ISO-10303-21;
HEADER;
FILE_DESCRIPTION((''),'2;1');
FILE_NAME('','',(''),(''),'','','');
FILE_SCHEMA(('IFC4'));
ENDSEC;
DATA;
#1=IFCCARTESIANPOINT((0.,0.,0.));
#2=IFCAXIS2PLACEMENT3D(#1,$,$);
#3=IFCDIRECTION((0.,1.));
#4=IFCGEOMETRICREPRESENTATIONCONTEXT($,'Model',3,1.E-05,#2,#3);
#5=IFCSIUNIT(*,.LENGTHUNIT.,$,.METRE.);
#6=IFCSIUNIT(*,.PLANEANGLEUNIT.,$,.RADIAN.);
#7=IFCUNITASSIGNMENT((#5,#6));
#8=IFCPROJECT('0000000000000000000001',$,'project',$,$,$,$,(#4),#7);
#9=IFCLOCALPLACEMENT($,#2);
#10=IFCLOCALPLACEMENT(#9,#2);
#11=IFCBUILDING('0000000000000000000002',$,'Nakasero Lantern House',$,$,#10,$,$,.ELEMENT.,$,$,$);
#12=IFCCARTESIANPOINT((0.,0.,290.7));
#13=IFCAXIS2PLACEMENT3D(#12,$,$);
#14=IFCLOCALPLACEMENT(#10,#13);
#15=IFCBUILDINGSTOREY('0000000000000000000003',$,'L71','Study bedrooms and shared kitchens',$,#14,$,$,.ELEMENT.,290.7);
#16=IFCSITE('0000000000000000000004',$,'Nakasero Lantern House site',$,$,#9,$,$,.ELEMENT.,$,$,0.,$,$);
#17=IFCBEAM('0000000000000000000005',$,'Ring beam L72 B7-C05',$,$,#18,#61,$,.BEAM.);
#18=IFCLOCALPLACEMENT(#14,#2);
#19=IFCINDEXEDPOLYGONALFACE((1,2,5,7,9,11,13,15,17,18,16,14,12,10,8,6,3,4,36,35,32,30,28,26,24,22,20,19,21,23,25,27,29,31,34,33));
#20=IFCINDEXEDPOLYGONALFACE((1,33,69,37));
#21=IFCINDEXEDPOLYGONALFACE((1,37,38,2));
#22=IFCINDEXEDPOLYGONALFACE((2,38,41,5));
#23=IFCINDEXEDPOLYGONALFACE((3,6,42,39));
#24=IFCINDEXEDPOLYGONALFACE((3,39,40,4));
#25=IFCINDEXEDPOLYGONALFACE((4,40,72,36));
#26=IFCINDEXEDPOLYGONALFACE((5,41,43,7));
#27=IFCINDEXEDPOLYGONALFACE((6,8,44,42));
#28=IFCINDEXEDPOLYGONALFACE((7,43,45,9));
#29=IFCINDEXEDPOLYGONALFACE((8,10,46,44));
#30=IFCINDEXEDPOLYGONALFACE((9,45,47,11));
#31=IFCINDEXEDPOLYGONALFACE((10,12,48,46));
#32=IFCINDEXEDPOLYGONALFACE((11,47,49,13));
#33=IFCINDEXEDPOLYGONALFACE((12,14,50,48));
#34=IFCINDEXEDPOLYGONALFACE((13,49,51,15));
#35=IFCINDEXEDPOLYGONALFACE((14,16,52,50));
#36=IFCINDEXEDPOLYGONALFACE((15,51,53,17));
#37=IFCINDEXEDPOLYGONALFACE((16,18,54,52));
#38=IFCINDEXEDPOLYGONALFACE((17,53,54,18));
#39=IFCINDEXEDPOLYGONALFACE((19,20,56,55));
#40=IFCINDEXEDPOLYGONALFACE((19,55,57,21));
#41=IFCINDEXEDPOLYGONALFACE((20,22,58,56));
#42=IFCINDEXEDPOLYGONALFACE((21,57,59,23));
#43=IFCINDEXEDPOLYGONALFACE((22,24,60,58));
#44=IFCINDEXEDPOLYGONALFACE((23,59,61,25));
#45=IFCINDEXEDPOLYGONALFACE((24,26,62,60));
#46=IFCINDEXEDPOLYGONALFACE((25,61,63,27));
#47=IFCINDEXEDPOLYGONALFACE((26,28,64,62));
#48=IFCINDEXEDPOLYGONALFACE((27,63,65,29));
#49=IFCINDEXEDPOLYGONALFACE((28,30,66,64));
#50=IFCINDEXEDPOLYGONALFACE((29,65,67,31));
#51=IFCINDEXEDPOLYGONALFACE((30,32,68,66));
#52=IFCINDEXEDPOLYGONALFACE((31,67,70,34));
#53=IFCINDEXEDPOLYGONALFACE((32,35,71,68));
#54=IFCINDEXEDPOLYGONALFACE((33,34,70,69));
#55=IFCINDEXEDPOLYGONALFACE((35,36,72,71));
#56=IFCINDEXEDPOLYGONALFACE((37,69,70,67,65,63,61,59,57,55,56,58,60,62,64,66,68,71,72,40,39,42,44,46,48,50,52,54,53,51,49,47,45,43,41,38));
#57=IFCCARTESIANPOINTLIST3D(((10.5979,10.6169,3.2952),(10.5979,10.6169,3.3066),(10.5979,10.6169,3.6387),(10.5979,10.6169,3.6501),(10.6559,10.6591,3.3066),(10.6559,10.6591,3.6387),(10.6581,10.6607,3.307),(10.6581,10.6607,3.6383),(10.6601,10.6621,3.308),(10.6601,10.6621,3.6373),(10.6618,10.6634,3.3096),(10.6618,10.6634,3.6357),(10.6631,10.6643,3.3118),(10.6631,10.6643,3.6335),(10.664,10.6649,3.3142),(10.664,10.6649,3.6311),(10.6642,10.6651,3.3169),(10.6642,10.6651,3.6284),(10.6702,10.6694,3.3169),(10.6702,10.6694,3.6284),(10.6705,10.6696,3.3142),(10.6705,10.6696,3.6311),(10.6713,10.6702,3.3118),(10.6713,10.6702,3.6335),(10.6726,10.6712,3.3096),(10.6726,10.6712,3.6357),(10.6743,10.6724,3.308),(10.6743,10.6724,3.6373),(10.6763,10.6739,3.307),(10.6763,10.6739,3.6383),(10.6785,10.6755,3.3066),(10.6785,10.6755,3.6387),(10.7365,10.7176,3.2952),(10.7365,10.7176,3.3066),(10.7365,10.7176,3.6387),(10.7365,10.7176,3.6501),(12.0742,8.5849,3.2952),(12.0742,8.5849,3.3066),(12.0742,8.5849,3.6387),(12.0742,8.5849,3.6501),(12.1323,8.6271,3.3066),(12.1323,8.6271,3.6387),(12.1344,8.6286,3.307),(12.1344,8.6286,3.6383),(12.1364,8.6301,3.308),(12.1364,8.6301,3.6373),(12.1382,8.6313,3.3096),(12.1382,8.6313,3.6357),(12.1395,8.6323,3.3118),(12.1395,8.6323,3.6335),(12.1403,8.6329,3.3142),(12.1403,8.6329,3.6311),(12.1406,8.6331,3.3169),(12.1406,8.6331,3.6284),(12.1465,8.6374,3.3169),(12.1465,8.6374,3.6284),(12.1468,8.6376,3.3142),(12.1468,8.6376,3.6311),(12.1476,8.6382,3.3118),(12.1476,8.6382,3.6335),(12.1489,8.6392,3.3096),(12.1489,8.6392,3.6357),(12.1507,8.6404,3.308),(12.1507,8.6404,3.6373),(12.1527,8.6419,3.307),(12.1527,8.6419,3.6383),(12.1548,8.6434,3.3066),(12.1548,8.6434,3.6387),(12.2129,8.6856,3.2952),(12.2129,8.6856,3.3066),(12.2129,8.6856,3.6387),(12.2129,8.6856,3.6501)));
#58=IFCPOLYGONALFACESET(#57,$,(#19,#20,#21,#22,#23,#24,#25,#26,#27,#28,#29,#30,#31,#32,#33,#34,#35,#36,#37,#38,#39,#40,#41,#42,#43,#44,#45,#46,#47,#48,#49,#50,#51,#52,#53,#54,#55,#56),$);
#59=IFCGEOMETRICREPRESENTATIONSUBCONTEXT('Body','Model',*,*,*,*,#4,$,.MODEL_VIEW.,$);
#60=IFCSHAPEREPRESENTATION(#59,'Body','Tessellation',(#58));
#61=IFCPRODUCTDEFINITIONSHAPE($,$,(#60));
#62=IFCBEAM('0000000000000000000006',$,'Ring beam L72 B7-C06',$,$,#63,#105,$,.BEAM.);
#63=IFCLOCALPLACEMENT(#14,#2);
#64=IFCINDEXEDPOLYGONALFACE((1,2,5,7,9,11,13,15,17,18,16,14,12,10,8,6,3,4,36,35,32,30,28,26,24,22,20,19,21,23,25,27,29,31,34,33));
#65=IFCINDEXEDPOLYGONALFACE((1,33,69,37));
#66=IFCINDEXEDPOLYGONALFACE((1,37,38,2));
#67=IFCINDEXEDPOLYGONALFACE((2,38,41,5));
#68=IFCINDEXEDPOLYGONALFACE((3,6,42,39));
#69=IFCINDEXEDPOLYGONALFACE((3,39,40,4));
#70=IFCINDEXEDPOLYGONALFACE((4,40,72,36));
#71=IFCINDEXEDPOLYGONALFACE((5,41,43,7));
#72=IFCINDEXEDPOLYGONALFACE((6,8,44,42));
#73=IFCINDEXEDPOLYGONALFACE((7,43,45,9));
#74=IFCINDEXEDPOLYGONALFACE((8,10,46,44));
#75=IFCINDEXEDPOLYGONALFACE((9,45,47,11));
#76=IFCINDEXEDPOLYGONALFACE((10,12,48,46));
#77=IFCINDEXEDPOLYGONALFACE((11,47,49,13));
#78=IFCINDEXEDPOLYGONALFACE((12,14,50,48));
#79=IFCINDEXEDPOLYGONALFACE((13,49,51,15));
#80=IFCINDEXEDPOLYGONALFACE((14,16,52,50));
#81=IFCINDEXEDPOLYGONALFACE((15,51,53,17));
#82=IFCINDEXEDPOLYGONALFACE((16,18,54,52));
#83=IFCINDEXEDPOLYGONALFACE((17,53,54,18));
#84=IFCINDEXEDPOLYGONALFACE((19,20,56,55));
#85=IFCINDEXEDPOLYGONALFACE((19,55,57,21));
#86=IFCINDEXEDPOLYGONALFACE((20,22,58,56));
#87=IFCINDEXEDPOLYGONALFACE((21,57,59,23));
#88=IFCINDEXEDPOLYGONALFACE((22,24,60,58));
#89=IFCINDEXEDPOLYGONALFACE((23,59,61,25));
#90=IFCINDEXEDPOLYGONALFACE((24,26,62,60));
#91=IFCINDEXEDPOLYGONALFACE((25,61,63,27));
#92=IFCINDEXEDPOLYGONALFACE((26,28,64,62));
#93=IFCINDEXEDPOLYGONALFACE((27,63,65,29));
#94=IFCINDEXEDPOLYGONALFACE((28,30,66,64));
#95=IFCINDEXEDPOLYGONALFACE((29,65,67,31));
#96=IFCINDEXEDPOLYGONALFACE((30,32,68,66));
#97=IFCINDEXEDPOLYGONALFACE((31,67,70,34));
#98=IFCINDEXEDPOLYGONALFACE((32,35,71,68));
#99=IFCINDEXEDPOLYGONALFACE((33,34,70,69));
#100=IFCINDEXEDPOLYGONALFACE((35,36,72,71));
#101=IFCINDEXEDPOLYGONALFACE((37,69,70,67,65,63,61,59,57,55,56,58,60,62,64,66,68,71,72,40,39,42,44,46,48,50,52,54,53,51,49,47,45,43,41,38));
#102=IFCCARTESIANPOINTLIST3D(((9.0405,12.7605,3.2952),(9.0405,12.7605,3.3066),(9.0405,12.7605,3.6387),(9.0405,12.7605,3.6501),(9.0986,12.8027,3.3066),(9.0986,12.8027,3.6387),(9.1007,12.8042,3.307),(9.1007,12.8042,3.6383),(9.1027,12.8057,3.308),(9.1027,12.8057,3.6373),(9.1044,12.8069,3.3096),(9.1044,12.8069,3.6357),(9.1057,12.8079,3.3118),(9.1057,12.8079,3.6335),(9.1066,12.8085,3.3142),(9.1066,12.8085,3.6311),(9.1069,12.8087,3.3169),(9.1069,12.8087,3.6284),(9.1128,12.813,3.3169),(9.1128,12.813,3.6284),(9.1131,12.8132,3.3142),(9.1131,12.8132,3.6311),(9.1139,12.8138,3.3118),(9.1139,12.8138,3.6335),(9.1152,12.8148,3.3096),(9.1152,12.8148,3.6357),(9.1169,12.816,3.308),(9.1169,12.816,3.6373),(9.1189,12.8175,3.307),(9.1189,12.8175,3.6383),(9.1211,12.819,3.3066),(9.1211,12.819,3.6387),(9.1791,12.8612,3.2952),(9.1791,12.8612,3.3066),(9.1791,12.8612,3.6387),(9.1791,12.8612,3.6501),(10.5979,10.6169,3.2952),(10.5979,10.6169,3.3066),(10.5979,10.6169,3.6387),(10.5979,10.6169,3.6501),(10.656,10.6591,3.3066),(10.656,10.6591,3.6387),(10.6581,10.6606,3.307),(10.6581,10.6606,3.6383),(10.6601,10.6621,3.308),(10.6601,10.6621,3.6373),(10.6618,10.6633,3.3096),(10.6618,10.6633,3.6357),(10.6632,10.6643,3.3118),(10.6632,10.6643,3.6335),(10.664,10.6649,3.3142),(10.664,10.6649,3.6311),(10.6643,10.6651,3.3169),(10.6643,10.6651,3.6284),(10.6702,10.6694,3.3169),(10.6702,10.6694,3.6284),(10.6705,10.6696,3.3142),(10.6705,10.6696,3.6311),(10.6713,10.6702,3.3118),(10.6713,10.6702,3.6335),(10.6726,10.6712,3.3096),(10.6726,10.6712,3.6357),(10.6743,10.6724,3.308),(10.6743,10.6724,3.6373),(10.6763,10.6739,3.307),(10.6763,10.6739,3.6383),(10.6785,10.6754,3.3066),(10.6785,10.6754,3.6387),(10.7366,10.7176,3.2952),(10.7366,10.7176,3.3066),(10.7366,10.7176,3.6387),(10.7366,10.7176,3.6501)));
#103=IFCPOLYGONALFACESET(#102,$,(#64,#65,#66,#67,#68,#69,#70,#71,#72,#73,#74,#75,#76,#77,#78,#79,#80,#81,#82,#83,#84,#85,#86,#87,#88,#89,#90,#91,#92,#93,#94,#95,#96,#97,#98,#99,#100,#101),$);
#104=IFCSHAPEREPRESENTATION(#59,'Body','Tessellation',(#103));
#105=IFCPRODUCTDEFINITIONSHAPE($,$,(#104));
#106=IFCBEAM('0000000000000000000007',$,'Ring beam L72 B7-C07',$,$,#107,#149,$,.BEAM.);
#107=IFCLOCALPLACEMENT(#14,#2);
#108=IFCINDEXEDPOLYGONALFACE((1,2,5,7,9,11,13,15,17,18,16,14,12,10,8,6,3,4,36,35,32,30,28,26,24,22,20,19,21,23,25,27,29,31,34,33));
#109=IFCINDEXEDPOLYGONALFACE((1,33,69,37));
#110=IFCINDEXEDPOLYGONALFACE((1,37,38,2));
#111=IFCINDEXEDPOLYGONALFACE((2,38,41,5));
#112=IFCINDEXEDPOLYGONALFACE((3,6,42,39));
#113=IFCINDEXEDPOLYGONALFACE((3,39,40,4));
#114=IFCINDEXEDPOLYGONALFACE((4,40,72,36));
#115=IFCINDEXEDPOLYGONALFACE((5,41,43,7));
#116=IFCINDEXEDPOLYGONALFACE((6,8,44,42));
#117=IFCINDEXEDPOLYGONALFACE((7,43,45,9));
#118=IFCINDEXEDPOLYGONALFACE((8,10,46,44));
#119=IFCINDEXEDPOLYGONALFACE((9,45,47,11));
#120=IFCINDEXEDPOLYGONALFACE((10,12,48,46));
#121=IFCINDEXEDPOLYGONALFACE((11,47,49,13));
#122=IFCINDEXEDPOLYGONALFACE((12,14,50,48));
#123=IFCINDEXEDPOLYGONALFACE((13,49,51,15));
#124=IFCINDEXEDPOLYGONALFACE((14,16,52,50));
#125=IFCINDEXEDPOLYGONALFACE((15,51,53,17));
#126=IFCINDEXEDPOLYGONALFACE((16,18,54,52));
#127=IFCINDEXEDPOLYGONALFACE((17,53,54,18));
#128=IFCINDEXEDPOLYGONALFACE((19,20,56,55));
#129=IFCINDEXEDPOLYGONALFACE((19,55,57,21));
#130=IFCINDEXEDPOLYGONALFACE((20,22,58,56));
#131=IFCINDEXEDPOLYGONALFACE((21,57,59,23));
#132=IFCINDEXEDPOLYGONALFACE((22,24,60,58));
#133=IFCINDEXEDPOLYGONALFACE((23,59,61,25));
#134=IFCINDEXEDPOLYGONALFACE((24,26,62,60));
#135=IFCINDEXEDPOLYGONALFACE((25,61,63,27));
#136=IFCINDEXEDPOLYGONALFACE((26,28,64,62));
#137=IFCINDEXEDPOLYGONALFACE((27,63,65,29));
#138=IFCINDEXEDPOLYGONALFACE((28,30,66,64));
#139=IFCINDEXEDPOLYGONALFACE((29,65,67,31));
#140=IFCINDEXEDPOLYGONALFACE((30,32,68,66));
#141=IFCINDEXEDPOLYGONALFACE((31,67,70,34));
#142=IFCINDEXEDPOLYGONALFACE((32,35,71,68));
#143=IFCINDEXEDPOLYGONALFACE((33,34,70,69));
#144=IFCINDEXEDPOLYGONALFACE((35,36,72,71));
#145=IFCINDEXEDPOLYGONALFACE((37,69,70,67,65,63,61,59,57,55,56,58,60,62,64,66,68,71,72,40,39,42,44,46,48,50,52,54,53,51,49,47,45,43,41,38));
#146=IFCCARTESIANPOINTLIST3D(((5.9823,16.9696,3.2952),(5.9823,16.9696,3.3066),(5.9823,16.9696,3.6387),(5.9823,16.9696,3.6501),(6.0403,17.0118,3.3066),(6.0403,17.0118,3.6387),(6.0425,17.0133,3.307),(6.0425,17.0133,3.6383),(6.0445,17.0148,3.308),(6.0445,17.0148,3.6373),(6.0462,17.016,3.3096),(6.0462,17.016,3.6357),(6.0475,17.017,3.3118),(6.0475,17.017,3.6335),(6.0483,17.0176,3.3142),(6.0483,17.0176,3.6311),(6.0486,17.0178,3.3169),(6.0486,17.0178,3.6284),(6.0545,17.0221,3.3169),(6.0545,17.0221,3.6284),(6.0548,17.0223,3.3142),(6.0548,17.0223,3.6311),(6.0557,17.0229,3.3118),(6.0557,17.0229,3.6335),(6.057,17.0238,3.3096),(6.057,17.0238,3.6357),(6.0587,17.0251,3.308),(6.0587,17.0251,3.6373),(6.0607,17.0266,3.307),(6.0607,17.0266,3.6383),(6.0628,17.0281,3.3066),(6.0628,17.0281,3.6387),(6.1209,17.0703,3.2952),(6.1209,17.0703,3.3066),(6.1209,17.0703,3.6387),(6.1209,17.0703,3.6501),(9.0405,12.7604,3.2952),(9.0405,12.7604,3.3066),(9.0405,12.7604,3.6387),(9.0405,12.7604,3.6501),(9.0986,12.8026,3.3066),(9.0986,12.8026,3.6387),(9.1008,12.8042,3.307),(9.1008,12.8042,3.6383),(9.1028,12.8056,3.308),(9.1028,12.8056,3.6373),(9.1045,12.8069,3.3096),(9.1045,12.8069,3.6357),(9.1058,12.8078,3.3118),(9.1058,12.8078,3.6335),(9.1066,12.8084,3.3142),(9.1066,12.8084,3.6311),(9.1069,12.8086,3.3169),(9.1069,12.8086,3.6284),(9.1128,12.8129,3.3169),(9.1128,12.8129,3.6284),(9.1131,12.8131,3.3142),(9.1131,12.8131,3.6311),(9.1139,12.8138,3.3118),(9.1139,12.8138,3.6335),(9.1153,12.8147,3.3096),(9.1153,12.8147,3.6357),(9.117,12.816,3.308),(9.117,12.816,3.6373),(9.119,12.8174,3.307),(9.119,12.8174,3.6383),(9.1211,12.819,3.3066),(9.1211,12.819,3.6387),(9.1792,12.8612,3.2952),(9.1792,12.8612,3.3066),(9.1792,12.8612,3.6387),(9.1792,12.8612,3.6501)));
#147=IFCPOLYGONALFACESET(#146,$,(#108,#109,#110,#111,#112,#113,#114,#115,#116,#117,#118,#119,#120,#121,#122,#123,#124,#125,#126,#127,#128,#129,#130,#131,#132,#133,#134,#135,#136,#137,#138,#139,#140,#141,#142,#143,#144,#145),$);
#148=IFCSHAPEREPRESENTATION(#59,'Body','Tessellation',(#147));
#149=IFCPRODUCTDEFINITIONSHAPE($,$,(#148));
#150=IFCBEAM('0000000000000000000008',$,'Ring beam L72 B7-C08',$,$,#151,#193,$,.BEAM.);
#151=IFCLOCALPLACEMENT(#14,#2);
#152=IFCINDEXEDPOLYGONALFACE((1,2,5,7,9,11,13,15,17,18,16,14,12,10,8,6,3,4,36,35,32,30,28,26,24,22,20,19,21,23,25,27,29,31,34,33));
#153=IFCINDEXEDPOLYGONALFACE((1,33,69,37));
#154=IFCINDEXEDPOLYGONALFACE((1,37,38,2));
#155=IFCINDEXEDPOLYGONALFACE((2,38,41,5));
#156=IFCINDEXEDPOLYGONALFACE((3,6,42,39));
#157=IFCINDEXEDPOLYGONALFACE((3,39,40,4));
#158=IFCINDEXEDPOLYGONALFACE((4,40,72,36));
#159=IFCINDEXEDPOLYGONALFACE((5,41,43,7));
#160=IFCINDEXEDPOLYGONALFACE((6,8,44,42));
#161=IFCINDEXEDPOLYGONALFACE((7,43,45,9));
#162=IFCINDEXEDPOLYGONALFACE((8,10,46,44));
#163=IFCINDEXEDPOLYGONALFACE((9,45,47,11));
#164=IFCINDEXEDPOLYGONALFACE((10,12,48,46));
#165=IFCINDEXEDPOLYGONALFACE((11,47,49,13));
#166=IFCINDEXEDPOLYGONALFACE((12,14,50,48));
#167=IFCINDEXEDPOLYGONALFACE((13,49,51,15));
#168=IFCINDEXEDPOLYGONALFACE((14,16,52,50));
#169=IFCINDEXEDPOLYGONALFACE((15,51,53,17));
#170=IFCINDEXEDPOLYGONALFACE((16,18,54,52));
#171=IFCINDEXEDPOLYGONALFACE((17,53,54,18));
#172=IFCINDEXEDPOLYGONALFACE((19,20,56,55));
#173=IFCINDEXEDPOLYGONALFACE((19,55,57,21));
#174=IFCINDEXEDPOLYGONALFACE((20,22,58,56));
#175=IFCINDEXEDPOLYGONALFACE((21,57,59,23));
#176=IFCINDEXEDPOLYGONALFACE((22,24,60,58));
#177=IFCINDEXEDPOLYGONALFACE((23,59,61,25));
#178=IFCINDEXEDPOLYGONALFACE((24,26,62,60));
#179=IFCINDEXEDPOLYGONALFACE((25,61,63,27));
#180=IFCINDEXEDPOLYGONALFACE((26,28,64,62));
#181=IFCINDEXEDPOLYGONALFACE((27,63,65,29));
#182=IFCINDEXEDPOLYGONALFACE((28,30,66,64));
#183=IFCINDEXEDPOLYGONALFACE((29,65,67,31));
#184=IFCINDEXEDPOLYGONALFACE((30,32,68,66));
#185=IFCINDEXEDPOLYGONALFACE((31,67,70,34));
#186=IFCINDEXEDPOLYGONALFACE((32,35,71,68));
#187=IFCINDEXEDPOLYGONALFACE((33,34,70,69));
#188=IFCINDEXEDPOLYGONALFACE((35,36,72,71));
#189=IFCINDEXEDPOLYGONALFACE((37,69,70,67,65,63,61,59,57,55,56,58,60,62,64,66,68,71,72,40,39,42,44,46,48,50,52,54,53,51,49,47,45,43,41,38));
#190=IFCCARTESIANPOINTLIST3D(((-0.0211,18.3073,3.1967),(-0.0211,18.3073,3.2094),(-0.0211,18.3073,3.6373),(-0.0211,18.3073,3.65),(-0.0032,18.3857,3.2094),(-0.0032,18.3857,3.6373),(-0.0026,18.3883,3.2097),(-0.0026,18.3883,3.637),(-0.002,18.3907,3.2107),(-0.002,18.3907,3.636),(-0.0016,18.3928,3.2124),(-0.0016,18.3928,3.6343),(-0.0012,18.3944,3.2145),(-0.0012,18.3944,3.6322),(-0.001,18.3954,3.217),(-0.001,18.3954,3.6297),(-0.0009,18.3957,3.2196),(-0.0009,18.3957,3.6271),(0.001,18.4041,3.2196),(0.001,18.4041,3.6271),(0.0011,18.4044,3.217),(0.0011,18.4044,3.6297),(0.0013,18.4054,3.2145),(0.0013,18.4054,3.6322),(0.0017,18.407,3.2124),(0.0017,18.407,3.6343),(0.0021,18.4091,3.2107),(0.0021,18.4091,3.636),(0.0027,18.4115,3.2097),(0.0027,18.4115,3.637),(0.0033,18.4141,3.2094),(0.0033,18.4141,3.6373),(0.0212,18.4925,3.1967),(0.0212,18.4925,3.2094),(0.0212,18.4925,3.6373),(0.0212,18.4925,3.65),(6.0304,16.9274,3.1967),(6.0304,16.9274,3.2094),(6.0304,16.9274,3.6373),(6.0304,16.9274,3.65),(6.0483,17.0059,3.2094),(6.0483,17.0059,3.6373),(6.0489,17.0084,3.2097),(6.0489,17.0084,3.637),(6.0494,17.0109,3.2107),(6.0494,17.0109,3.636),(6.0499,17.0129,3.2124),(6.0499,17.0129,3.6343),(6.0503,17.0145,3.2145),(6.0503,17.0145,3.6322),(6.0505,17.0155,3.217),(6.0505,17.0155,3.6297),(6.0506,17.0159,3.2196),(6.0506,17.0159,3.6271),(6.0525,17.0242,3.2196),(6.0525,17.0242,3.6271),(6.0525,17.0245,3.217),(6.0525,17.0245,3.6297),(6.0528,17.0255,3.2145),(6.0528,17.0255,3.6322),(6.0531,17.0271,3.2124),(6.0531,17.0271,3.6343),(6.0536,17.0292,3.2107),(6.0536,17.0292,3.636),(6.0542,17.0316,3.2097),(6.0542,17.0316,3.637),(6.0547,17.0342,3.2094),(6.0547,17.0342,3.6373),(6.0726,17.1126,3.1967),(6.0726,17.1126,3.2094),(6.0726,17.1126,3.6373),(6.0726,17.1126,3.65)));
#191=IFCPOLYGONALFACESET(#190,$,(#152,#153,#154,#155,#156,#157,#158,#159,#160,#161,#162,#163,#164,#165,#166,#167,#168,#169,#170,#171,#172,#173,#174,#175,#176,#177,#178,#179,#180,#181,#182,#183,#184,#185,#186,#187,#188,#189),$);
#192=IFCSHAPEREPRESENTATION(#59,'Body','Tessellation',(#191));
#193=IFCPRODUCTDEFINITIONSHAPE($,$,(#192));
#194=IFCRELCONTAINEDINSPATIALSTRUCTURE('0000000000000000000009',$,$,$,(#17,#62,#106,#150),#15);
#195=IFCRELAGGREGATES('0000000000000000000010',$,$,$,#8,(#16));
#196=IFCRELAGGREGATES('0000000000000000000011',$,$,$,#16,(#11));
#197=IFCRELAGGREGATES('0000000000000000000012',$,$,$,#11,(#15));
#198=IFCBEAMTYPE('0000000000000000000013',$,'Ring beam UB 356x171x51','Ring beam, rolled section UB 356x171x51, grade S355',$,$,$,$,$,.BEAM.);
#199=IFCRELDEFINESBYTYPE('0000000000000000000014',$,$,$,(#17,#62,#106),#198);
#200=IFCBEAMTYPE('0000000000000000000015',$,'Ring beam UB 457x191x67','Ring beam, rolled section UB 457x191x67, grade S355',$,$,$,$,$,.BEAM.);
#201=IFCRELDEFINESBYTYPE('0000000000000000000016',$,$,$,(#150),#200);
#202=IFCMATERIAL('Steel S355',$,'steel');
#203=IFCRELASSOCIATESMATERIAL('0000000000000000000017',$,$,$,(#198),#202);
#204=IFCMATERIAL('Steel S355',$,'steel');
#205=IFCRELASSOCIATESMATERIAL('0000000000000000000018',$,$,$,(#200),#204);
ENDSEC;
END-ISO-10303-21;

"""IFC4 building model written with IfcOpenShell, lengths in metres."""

from ifc_helpers import new_model, si_unit, direction, frame, origin, origin_2d, place, context, subcontext, project, spatial, i_section, extrude, material, material_profile, profile_set, type_object, element, save


model = new_model("IFC4")

# Units and contexts
model_context = context("Model", 3, precision=1e-05, world=origin(), true_north=direction((0.0, 1.0)))
body_context = subcontext(model_context, "Body", "Model", "MODEL_VIEW")
ifc_project = project(units=[si_unit("LENGTHUNIT", "METRE"), si_unit("PLANEANGLEUNIT", "RADIAN")], contexts=[model_context])

# Site, building, storey
site_placement = place(None, origin())
site = spatial("IfcSite", under=ifc_project, at=site_placement, Name="Nakasero Lantern House site", CompositionType="ELEMENT", RefElevation=0.0)
building_placement = place(site_placement, origin())
building = spatial("IfcBuilding", under=site, at=building_placement, Name="Nakasero Lantern House", CompositionType="ELEMENT")
storey_placement = place(building_placement, frame((0.0, 0.0, 290.7)))
storey = spatial("IfcBuildingStorey", under=building, at=storey_placement, Name="L71", Description="Study bedrooms and shared kitchens", CompositionType="ELEMENT", Elevation=290.7)

# Beams
ifc_material_1 = material(Name="Steel S355", Category="steel")
ifc_material_profile_1 = material_profile(ifc_material_1, i_section(OverallWidth=0.1714, OverallDepth=0.355, WebThickness=0.0073, FlangeThickness=0.0115, FilletRadius=0.0103, at=origin_2d()), Name="UB 356x171x51")
ifc_profile_set_1 = profile_set([ifc_material_profile_1], Name="Steel S355")
beam_type_1 = type_object("IfcBeamType", Name="Ring beam UB 356x171x51", Description="Ring beam, rolled section UB 356x171x51, grade S355", PredefinedType="BEAM", material=ifc_profile_set_1)
beam_1_placement = place(storey_placement, frame((12.1436, 8.6353, 3.4727), z_axis=(-0.587784, 0.809018, 0.0), x_axis=(-0.809018, -0.587784, 0.0)))
element("IfcBeam", 1, at=beam_1_placement, inside=storey, type_object=beam_type_1, Name="Ring beam L72 B7-C05", PredefinedType="BEAM", context=body_context, shape_type="SweptSolid", body=[
    extrude(i_section(OverallWidth=0.1714, OverallDepth=0.355, WebThickness=0.0073, FlangeThickness=0.0115, FilletRadius=0.0103, at=origin_2d()), origin(), (0.0, 0.0, 1.0), 2.5117),
])
beam_2_placement = place(storey_placement, frame((10.6672, 10.6672, 3.4727), z_axis=(-0.587783, 0.809019, 0.0), x_axis=(-0.809019, -0.587783, 0.0)))
element("IfcBeam", 2, at=beam_2_placement, inside=storey, type_object=beam_type_1, Name="Ring beam L72 B7-C06", PredefinedType="BEAM", context=body_context, shape_type="SweptSolid", body=[
    extrude(i_section(OverallWidth=0.1714, OverallDepth=0.355, WebThickness=0.0073, FlangeThickness=0.0115, FilletRadius=0.0103, at=origin_2d()), origin(), (0.0, 0.0, 1.0), 2.6497),
])
beam_3_placement = place(storey_placement, frame((9.1099, 12.8108, 3.4727), z_axis=(-0.587806, 0.809002, 0.0), x_axis=(-0.809002, -0.587806, 0.0)))
element("IfcBeam", 3, at=beam_3_placement, inside=storey, type_object=beam_type_1, Name="Ring beam L72 B7-C07", PredefinedType="BEAM", context=body_context, shape_type="SweptSolid", body=[
    extrude(i_section(OverallWidth=0.1714, OverallDepth=0.355, WebThickness=0.0073, FlangeThickness=0.0115, FilletRadius=0.0103, at=origin_2d()), origin(), (0.0, 0.0, 1.0), 5.2029),
])
ifc_material_2 = material(Name="Steel S355", Category="steel")
ifc_material_profile_2 = material_profile(ifc_material_2, i_section(OverallWidth=0.1899, OverallDepth=0.4534, WebThickness=0.0085, FlangeThickness=0.0127, FilletRadius=0.0103, at=origin_2d()), Name="UB 457x191x67")
ifc_profile_set_2 = profile_set([ifc_material_profile_2], Name="Steel S355")
beam_type_2 = type_object("IfcBeamType", Name="Ring beam UB 457x191x67", Description="Ring beam, rolled section UB 457x191x67, grade S355", PredefinedType="BEAM", material=ifc_profile_set_2)
beam_4_placement = place(storey_placement, frame((6.0515, 17.02, 3.4233), z_axis=(-0.974975, 0.222316, 0.0), x_axis=(-0.222316, -0.974975, 0.0)))
element("IfcBeam", 4, at=beam_4_placement, inside=storey, type_object=beam_type_2, Name="Ring beam L72 B7-C08", PredefinedType="BEAM", context=body_context, shape_type="SweptSolid", body=[
    extrude(i_section(OverallWidth=0.1899, OverallDepth=0.4534, WebThickness=0.0085, FlangeThickness=0.0127, FilletRadius=0.0103, at=origin_2d()), origin(), (0.0, 0.0, 1.0), 6.2068),
])

save(model, "model.ifc")
